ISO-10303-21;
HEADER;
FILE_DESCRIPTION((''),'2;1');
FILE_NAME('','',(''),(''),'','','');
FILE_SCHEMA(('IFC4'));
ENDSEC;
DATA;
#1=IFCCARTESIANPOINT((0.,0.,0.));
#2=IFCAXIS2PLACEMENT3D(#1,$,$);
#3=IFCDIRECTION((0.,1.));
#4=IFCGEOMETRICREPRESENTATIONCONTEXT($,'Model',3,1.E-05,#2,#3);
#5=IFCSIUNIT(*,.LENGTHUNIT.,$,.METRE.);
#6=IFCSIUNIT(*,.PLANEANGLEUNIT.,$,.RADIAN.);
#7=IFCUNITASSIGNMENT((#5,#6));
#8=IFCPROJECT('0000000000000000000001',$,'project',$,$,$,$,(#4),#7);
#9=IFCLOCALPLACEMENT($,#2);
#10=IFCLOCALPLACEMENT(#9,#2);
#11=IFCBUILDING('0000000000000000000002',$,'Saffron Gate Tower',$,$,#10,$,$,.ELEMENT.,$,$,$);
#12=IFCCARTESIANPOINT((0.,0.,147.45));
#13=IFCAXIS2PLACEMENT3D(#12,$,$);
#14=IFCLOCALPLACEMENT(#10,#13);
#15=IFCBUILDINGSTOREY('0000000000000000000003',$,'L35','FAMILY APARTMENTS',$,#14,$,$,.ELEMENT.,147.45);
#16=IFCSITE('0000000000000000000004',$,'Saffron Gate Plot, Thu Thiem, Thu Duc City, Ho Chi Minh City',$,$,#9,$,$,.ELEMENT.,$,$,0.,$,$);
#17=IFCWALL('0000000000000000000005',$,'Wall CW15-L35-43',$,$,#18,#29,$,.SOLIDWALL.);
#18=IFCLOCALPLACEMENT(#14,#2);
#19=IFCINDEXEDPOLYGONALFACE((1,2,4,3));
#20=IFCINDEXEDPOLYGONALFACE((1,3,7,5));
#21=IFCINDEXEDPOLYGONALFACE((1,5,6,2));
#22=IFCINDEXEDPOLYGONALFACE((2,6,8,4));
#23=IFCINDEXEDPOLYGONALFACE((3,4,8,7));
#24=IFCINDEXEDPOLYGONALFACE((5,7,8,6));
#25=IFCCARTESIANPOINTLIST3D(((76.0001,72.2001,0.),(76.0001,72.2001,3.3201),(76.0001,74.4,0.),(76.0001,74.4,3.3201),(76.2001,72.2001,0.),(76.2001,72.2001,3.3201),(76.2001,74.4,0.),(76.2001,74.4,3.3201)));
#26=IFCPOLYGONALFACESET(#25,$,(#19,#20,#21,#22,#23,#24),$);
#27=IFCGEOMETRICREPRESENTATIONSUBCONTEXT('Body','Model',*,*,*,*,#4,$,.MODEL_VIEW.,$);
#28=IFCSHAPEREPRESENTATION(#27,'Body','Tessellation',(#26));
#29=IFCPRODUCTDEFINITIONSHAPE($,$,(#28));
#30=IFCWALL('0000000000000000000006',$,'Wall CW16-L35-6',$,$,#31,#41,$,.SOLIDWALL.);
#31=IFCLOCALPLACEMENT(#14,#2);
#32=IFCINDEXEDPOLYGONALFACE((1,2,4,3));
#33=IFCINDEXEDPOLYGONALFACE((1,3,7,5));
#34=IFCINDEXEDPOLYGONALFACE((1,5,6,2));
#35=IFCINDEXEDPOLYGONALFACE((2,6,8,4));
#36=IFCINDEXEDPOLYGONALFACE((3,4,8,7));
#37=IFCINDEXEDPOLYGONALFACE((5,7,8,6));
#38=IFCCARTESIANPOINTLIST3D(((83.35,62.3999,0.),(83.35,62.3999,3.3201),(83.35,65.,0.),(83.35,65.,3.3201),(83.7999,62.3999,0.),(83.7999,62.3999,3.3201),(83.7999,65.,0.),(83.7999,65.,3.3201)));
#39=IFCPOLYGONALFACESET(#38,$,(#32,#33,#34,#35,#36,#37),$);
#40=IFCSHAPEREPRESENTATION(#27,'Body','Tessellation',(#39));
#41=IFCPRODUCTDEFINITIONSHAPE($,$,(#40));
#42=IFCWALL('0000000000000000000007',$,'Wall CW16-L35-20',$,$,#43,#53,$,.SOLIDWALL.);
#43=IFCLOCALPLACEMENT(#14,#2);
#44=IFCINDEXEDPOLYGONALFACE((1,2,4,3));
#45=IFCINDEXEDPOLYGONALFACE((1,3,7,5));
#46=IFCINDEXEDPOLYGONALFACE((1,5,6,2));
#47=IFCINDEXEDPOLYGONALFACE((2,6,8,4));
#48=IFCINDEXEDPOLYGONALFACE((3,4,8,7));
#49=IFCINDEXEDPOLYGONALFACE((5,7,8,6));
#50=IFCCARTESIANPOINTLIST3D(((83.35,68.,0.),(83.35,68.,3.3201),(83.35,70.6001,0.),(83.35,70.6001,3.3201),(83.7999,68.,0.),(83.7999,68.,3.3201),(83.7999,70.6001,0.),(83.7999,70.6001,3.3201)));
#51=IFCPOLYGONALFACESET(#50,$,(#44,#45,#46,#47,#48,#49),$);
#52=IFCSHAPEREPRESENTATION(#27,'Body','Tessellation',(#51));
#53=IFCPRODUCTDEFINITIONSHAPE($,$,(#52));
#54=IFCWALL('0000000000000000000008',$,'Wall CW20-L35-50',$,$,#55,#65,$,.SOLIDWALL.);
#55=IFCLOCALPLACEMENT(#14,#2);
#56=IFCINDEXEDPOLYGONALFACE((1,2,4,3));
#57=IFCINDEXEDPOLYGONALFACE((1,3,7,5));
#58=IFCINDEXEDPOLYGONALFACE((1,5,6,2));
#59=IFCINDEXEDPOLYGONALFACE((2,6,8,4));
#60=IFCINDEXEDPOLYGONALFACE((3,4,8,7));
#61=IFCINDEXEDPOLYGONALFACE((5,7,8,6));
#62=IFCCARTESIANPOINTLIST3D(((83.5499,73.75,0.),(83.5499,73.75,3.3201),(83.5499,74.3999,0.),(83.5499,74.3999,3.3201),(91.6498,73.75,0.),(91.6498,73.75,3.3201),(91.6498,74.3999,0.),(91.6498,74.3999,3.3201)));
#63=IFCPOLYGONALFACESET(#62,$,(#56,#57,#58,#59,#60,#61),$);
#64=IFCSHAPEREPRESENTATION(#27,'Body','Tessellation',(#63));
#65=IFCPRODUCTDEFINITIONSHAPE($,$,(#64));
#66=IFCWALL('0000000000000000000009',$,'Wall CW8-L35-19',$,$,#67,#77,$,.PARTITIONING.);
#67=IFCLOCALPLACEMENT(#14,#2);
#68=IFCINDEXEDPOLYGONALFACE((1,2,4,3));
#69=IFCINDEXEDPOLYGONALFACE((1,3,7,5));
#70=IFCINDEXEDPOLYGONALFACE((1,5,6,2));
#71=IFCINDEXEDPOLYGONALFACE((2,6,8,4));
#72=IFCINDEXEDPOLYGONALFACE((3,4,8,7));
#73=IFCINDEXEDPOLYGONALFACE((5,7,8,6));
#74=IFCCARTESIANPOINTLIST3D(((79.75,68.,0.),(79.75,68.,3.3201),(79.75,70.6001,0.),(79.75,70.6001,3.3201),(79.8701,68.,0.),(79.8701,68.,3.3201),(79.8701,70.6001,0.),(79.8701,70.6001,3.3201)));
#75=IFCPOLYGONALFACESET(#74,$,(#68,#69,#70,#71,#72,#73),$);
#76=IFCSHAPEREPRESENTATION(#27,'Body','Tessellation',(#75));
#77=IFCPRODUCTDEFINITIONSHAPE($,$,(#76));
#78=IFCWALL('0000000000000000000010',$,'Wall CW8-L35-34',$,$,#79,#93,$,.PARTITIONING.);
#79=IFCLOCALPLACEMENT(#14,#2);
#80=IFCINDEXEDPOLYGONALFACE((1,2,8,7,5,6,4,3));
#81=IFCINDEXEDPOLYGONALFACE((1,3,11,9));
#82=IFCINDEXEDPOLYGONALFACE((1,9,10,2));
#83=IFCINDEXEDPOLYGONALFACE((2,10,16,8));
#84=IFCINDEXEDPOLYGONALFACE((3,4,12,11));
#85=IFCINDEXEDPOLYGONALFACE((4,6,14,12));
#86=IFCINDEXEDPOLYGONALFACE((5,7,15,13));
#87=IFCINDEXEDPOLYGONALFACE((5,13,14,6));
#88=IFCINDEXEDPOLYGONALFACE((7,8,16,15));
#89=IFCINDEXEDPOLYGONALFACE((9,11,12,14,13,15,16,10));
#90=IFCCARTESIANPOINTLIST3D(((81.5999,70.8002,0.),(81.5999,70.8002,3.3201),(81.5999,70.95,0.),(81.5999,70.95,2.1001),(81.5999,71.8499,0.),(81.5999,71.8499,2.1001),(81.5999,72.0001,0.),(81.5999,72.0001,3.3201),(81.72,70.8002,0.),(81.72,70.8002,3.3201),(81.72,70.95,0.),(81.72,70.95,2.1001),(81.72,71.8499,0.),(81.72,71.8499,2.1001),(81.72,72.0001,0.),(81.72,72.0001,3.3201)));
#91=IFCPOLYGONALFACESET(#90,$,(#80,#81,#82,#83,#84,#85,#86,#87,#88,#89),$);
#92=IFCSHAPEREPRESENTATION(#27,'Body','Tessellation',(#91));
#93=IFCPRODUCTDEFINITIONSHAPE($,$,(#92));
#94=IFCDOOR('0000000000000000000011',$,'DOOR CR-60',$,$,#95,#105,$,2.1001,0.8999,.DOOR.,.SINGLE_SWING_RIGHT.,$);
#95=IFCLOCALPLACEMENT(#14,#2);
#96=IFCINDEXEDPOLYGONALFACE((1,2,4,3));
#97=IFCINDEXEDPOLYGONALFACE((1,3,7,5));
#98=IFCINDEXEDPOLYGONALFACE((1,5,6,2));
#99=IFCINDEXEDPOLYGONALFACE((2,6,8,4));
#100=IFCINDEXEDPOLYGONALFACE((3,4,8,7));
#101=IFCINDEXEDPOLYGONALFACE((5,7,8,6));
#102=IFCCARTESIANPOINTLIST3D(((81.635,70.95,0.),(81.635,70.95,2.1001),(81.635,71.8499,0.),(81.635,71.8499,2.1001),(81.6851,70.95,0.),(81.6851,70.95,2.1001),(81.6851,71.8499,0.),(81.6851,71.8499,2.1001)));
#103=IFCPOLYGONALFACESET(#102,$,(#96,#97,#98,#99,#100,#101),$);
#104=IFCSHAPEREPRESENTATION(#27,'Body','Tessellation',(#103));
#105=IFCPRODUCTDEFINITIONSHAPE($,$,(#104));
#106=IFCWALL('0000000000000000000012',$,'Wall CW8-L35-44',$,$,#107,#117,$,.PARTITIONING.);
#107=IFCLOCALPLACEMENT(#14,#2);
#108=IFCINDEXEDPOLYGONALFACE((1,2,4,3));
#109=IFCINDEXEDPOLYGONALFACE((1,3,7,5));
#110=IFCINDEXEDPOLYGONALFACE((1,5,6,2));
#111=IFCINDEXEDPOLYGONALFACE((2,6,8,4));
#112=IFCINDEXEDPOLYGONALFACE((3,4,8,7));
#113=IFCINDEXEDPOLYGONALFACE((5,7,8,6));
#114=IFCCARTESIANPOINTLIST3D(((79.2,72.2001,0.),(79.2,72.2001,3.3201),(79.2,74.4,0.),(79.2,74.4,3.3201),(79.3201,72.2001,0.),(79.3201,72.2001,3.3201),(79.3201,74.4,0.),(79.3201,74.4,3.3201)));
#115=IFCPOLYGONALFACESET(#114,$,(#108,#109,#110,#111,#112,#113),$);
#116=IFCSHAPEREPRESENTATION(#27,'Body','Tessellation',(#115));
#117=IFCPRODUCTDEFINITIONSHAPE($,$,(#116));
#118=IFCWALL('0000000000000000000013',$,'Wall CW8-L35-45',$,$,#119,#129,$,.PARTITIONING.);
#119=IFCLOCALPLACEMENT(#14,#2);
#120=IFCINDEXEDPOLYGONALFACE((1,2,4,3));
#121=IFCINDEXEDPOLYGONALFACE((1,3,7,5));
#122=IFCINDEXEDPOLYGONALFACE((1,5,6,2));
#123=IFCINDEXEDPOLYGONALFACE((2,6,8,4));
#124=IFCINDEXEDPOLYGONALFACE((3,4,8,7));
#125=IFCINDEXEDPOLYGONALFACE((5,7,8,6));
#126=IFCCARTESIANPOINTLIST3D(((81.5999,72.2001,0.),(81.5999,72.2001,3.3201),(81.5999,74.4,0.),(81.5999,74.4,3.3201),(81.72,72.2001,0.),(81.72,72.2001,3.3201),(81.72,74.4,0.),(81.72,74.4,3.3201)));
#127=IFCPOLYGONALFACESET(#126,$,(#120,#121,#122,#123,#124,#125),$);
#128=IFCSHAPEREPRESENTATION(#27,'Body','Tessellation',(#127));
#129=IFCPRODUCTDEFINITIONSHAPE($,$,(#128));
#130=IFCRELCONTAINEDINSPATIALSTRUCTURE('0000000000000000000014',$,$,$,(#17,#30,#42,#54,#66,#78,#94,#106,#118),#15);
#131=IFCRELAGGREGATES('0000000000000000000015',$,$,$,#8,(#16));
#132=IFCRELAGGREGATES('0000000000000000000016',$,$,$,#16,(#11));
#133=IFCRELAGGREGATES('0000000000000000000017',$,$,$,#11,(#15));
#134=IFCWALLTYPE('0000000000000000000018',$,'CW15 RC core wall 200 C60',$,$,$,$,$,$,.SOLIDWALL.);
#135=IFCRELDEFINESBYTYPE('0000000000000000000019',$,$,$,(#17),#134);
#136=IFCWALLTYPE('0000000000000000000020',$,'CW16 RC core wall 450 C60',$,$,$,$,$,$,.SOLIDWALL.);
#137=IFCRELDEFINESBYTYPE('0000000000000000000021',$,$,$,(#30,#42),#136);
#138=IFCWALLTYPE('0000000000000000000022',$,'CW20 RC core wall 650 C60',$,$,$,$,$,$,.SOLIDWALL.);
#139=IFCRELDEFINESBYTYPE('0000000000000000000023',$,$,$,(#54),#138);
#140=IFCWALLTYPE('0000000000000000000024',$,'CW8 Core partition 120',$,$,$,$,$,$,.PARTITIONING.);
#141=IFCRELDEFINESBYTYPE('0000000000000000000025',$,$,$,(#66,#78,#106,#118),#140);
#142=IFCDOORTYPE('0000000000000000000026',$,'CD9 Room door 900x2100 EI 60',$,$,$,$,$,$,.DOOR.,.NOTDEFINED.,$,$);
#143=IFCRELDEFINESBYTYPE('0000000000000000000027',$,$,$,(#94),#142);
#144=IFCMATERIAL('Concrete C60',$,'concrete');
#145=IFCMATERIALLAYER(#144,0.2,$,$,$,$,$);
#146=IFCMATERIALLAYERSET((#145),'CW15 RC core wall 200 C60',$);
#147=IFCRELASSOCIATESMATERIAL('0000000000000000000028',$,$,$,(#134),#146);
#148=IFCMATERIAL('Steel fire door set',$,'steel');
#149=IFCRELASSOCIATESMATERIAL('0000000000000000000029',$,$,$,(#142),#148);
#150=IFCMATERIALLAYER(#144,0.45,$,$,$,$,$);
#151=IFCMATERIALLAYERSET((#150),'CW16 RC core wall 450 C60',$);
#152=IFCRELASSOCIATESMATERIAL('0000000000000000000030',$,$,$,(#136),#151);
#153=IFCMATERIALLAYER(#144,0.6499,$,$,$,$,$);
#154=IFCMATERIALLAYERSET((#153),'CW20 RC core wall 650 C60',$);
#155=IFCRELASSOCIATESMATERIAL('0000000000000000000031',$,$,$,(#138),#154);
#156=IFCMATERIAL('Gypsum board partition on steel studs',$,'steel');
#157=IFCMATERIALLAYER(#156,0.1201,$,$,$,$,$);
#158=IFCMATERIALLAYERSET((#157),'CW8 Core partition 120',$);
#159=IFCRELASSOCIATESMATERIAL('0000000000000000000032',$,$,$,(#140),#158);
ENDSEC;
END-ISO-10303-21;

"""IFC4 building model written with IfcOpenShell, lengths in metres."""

from ifc_helpers import new_model, si_unit, direction, frame, frame_2d, origin, place, context, subcontext, project, spatial, rectangle, extrude, material, layer, layer_set, type_object, element, fill, save


model = new_model("IFC4")

# Units and contexts
model_context = context("Model", 3, precision=1e-05, world=origin(), true_north=direction((0.0, 1.0)))
body_context = subcontext(model_context, "Body", "Model", "MODEL_VIEW")
ifc_project = project(units=[si_unit("LENGTHUNIT", "METRE"), si_unit("PLANEANGLEUNIT", "RADIAN")], contexts=[model_context])

# Site, building, storey
site_placement = place(None, origin())
site = spatial("IfcSite", under=ifc_project, at=site_placement, Name="Saffron Gate Plot, Thu Thiem, Thu Duc City, Ho Chi Minh City", CompositionType="ELEMENT", RefElevation=0.0)
building_placement = place(site_placement, origin())
building = spatial("IfcBuilding", under=site, at=building_placement, Name="Saffron Gate Tower", CompositionType="ELEMENT")
storey_placement = place(building_placement, frame((0.0, 0.0, 147.45)))
storey = spatial("IfcBuildingStorey", under=building, at=storey_placement, Name="L35", Description="FAMILY APARTMENTS", CompositionType="ELEMENT", Elevation=147.45)

# Shared definitions
ifc_material_1 = material(Name="Concrete C60", Category="concrete")

# Shared definitions
ifc_material_2 = material(Name="Steel fire door set", Category="steel")

# Shared definitions
ifc_layer_1 = layer(ifc_material_1, 0.2)
ifc_layer_set_1 = layer_set([ifc_layer_1], Name="CW15 RC core wall 200 C60")
wall_type_1 = type_object("IfcWallType", Name="CW15 RC core wall 200 C60", PredefinedType="SOLIDWALL", material=ifc_layer_set_1)
door_type_1 = type_object("IfcDoorType", Name="CD9 Room door 900x2100 EI 60", OperationType="NOTDEFINED", PredefinedType="DOOR", material=ifc_material_2)

# Walls
wall_1_placement = place(storey_placement, frame((76.1001, 72.2, 0.0), z_axis=(0.0, 0.0, 1.0), x_axis=(0.0, 1.0, 0.0)))
element("IfcWall", 1, at=wall_1_placement, inside=storey, type_object=wall_type_1, Name="Wall CW15-L35-43", PredefinedType="SOLIDWALL", context=body_context, shape_type="SweptSolid", body=[
    extrude(rectangle(XDim=2.2, YDim=0.2, at=frame_2d((1.1001, 0.0))), origin(), (0.0, 0.0, 1.0), 3.3201),
])
ifc_layer_2 = layer(ifc_material_1, 0.45)
ifc_layer_set_2 = layer_set([ifc_layer_2], Name="CW16 RC core wall 450 C60")
wall_type_2 = type_object("IfcWallType", Name="CW16 RC core wall 450 C60", PredefinedType="SOLIDWALL", material=ifc_layer_set_2)
for number, where, z_axis, x_axis, name in (
    (2, (83.575, 62.3999, 0.0), (0.0, 0.0, 1.0), (0.0, 1.0, 0.0), "Wall CW16-L35-6"),
    (3, (83.575, 68.0, 0.0), (0.0, 0.0, 1.0), (0.0, 1.0, 0.0), "Wall CW16-L35-20"),
):
    element("IfcWall", number, at=place(storey_placement, frame(where, z_axis=z_axis, x_axis=x_axis)), inside=storey, type_object=wall_type_2, Name=name, PredefinedType="SOLIDWALL", context=body_context, shape_type="SweptSolid", body=[
        extrude(rectangle(XDim=2.6001, YDim=0.45, at=frame_2d((1.3, 0.0))), origin(), (0.0, 0.0, 1.0), 3.3201),
    ])
ifc_layer_3 = layer(ifc_material_1, 0.6499)
ifc_layer_set_3 = layer_set([ifc_layer_3], Name="CW20 RC core wall 650 C60")
wall_type_3 = type_object("IfcWallType", Name="CW20 RC core wall 650 C60", PredefinedType="SOLIDWALL", material=ifc_layer_set_3)
wall_2_placement = place(storey_placement, frame((83.55, 74.075, 0.0), z_axis=(0.0, 0.0, 1.0), x_axis=(1.0, 0.0, 0.0)))
element("IfcWall", 4, at=wall_2_placement, inside=storey, type_object=wall_type_3, Name="Wall CW20-L35-50", PredefinedType="SOLIDWALL", context=body_context, shape_type="SweptSolid", body=[
    extrude(rectangle(XDim=8.0999, YDim=0.6499, at=frame_2d((4.0498, 0.0))), origin(), (0.0, 0.0, 1.0), 3.3201),
])
ifc_material_3 = material(Name="Gypsum board partition on steel studs", Category="steel")
ifc_layer_4 = layer(ifc_material_3, 0.1201)
ifc_layer_set_4 = layer_set([ifc_layer_4], Name="CW8 Core partition 120")
wall_type_4 = type_object("IfcWallType", Name="CW8 Core partition 120", PredefinedType="PARTITIONING", material=ifc_layer_set_4)
wall_3_placement = place(storey_placement, frame((79.8101, 68.0, 0.0), z_axis=(0.0, 0.0, 1.0), x_axis=(0.0, 1.0, 0.0)))
element("IfcWall", 5, at=wall_3_placement, inside=storey, type_object=wall_type_4, Name="Wall CW8-L35-19", PredefinedType="PARTITIONING", context=body_context, shape_type="SweptSolid", body=[
    extrude(rectangle(XDim=2.6001, YDim=0.1201, at=frame_2d((1.3, 0.0))), origin(), (0.0, 0.0, 1.0), 3.3201),
])

# Wall, opening, door
wall_4_placement = place(storey_placement, frame((81.6599, 70.8, 0.0), z_axis=(0.0, 0.0, 1.0), x_axis=(0.0, 1.0, 0.0)))
wall_4 = element("IfcWall", 6, at=wall_4_placement, inside=storey, type_object=wall_type_4, Name="Wall CW8-L35-34", PredefinedType="PARTITIONING", context=body_context, shape_type="SweptSolid", body=[
    extrude(rectangle(XDim=1.2, YDim=0.1201, at=frame_2d((0.6001, 0.0))), origin(), (0.0, 0.0, 1.0), 3.3201),
])
opening_1_placement = place(wall_4_placement, frame((0.1499, 0.0, 0.0)))
opening_1 = element("IfcOpeningElement", 7, at=opening_1_placement, cuts=wall_4, PredefinedType="OPENING", context=body_context, shape_type="SweptSolid", body=[
    extrude(rectangle(XDim=0.8999, YDim=2.1001, at=frame_2d((0.45, 1.05))), frame((0.0, 0.0701, 0.0), z_axis=(0.0, -1.0, 0.0), x_axis=(1.0, 0.0, 0.0)), (0.0, 0.0, 1.0), 0.1401),
])
door_1_placement = place(opening_1_placement, origin())
door_1 = element("IfcDoor", 8, at=door_1_placement, inside=storey, type_object=door_type_1, Name="DOOR CR-60", OperationType="SINGLE_SWING_RIGHT", OverallHeight=2.1001, OverallWidth=0.8999, PredefinedType="DOOR", context=body_context, shape_type="SweptSolid", body=[
    extrude(rectangle(XDim=0.8999, YDim=2.1001, at=frame_2d((0.45, 1.05))), frame((0.0, 0.0249, 0.0), z_axis=(0.0, -1.0, 0.0), x_axis=(1.0, 0.0, 0.0)), (0.0, 0.0, 1.0), 0.05),
])
fill(opening_1, door_1)

# Walls
for number, where, z_axis, x_axis, name in (
    (9, (79.26, 72.2, 0.0), (0.0, 0.0, 1.0), (0.0, 1.0, 0.0), "Wall CW8-L35-44"),
    (10, (81.6599, 72.2, 0.0), (0.0, 0.0, 1.0), (0.0, 1.0, 0.0), "Wall CW8-L35-45"),
):
    element("IfcWall", number, at=place(storey_placement, frame(where, z_axis=z_axis, x_axis=x_axis)), inside=storey, type_object=wall_type_4, Name=name, PredefinedType="PARTITIONING", context=body_context, shape_type="SweptSolid", body=[
        extrude(rectangle(XDim=2.2, YDim=0.1201, at=frame_2d((1.1001, 0.0))), origin(), (0.0, 0.0, 1.0), 3.3201),
    ])

save(model, "model.ifc")
